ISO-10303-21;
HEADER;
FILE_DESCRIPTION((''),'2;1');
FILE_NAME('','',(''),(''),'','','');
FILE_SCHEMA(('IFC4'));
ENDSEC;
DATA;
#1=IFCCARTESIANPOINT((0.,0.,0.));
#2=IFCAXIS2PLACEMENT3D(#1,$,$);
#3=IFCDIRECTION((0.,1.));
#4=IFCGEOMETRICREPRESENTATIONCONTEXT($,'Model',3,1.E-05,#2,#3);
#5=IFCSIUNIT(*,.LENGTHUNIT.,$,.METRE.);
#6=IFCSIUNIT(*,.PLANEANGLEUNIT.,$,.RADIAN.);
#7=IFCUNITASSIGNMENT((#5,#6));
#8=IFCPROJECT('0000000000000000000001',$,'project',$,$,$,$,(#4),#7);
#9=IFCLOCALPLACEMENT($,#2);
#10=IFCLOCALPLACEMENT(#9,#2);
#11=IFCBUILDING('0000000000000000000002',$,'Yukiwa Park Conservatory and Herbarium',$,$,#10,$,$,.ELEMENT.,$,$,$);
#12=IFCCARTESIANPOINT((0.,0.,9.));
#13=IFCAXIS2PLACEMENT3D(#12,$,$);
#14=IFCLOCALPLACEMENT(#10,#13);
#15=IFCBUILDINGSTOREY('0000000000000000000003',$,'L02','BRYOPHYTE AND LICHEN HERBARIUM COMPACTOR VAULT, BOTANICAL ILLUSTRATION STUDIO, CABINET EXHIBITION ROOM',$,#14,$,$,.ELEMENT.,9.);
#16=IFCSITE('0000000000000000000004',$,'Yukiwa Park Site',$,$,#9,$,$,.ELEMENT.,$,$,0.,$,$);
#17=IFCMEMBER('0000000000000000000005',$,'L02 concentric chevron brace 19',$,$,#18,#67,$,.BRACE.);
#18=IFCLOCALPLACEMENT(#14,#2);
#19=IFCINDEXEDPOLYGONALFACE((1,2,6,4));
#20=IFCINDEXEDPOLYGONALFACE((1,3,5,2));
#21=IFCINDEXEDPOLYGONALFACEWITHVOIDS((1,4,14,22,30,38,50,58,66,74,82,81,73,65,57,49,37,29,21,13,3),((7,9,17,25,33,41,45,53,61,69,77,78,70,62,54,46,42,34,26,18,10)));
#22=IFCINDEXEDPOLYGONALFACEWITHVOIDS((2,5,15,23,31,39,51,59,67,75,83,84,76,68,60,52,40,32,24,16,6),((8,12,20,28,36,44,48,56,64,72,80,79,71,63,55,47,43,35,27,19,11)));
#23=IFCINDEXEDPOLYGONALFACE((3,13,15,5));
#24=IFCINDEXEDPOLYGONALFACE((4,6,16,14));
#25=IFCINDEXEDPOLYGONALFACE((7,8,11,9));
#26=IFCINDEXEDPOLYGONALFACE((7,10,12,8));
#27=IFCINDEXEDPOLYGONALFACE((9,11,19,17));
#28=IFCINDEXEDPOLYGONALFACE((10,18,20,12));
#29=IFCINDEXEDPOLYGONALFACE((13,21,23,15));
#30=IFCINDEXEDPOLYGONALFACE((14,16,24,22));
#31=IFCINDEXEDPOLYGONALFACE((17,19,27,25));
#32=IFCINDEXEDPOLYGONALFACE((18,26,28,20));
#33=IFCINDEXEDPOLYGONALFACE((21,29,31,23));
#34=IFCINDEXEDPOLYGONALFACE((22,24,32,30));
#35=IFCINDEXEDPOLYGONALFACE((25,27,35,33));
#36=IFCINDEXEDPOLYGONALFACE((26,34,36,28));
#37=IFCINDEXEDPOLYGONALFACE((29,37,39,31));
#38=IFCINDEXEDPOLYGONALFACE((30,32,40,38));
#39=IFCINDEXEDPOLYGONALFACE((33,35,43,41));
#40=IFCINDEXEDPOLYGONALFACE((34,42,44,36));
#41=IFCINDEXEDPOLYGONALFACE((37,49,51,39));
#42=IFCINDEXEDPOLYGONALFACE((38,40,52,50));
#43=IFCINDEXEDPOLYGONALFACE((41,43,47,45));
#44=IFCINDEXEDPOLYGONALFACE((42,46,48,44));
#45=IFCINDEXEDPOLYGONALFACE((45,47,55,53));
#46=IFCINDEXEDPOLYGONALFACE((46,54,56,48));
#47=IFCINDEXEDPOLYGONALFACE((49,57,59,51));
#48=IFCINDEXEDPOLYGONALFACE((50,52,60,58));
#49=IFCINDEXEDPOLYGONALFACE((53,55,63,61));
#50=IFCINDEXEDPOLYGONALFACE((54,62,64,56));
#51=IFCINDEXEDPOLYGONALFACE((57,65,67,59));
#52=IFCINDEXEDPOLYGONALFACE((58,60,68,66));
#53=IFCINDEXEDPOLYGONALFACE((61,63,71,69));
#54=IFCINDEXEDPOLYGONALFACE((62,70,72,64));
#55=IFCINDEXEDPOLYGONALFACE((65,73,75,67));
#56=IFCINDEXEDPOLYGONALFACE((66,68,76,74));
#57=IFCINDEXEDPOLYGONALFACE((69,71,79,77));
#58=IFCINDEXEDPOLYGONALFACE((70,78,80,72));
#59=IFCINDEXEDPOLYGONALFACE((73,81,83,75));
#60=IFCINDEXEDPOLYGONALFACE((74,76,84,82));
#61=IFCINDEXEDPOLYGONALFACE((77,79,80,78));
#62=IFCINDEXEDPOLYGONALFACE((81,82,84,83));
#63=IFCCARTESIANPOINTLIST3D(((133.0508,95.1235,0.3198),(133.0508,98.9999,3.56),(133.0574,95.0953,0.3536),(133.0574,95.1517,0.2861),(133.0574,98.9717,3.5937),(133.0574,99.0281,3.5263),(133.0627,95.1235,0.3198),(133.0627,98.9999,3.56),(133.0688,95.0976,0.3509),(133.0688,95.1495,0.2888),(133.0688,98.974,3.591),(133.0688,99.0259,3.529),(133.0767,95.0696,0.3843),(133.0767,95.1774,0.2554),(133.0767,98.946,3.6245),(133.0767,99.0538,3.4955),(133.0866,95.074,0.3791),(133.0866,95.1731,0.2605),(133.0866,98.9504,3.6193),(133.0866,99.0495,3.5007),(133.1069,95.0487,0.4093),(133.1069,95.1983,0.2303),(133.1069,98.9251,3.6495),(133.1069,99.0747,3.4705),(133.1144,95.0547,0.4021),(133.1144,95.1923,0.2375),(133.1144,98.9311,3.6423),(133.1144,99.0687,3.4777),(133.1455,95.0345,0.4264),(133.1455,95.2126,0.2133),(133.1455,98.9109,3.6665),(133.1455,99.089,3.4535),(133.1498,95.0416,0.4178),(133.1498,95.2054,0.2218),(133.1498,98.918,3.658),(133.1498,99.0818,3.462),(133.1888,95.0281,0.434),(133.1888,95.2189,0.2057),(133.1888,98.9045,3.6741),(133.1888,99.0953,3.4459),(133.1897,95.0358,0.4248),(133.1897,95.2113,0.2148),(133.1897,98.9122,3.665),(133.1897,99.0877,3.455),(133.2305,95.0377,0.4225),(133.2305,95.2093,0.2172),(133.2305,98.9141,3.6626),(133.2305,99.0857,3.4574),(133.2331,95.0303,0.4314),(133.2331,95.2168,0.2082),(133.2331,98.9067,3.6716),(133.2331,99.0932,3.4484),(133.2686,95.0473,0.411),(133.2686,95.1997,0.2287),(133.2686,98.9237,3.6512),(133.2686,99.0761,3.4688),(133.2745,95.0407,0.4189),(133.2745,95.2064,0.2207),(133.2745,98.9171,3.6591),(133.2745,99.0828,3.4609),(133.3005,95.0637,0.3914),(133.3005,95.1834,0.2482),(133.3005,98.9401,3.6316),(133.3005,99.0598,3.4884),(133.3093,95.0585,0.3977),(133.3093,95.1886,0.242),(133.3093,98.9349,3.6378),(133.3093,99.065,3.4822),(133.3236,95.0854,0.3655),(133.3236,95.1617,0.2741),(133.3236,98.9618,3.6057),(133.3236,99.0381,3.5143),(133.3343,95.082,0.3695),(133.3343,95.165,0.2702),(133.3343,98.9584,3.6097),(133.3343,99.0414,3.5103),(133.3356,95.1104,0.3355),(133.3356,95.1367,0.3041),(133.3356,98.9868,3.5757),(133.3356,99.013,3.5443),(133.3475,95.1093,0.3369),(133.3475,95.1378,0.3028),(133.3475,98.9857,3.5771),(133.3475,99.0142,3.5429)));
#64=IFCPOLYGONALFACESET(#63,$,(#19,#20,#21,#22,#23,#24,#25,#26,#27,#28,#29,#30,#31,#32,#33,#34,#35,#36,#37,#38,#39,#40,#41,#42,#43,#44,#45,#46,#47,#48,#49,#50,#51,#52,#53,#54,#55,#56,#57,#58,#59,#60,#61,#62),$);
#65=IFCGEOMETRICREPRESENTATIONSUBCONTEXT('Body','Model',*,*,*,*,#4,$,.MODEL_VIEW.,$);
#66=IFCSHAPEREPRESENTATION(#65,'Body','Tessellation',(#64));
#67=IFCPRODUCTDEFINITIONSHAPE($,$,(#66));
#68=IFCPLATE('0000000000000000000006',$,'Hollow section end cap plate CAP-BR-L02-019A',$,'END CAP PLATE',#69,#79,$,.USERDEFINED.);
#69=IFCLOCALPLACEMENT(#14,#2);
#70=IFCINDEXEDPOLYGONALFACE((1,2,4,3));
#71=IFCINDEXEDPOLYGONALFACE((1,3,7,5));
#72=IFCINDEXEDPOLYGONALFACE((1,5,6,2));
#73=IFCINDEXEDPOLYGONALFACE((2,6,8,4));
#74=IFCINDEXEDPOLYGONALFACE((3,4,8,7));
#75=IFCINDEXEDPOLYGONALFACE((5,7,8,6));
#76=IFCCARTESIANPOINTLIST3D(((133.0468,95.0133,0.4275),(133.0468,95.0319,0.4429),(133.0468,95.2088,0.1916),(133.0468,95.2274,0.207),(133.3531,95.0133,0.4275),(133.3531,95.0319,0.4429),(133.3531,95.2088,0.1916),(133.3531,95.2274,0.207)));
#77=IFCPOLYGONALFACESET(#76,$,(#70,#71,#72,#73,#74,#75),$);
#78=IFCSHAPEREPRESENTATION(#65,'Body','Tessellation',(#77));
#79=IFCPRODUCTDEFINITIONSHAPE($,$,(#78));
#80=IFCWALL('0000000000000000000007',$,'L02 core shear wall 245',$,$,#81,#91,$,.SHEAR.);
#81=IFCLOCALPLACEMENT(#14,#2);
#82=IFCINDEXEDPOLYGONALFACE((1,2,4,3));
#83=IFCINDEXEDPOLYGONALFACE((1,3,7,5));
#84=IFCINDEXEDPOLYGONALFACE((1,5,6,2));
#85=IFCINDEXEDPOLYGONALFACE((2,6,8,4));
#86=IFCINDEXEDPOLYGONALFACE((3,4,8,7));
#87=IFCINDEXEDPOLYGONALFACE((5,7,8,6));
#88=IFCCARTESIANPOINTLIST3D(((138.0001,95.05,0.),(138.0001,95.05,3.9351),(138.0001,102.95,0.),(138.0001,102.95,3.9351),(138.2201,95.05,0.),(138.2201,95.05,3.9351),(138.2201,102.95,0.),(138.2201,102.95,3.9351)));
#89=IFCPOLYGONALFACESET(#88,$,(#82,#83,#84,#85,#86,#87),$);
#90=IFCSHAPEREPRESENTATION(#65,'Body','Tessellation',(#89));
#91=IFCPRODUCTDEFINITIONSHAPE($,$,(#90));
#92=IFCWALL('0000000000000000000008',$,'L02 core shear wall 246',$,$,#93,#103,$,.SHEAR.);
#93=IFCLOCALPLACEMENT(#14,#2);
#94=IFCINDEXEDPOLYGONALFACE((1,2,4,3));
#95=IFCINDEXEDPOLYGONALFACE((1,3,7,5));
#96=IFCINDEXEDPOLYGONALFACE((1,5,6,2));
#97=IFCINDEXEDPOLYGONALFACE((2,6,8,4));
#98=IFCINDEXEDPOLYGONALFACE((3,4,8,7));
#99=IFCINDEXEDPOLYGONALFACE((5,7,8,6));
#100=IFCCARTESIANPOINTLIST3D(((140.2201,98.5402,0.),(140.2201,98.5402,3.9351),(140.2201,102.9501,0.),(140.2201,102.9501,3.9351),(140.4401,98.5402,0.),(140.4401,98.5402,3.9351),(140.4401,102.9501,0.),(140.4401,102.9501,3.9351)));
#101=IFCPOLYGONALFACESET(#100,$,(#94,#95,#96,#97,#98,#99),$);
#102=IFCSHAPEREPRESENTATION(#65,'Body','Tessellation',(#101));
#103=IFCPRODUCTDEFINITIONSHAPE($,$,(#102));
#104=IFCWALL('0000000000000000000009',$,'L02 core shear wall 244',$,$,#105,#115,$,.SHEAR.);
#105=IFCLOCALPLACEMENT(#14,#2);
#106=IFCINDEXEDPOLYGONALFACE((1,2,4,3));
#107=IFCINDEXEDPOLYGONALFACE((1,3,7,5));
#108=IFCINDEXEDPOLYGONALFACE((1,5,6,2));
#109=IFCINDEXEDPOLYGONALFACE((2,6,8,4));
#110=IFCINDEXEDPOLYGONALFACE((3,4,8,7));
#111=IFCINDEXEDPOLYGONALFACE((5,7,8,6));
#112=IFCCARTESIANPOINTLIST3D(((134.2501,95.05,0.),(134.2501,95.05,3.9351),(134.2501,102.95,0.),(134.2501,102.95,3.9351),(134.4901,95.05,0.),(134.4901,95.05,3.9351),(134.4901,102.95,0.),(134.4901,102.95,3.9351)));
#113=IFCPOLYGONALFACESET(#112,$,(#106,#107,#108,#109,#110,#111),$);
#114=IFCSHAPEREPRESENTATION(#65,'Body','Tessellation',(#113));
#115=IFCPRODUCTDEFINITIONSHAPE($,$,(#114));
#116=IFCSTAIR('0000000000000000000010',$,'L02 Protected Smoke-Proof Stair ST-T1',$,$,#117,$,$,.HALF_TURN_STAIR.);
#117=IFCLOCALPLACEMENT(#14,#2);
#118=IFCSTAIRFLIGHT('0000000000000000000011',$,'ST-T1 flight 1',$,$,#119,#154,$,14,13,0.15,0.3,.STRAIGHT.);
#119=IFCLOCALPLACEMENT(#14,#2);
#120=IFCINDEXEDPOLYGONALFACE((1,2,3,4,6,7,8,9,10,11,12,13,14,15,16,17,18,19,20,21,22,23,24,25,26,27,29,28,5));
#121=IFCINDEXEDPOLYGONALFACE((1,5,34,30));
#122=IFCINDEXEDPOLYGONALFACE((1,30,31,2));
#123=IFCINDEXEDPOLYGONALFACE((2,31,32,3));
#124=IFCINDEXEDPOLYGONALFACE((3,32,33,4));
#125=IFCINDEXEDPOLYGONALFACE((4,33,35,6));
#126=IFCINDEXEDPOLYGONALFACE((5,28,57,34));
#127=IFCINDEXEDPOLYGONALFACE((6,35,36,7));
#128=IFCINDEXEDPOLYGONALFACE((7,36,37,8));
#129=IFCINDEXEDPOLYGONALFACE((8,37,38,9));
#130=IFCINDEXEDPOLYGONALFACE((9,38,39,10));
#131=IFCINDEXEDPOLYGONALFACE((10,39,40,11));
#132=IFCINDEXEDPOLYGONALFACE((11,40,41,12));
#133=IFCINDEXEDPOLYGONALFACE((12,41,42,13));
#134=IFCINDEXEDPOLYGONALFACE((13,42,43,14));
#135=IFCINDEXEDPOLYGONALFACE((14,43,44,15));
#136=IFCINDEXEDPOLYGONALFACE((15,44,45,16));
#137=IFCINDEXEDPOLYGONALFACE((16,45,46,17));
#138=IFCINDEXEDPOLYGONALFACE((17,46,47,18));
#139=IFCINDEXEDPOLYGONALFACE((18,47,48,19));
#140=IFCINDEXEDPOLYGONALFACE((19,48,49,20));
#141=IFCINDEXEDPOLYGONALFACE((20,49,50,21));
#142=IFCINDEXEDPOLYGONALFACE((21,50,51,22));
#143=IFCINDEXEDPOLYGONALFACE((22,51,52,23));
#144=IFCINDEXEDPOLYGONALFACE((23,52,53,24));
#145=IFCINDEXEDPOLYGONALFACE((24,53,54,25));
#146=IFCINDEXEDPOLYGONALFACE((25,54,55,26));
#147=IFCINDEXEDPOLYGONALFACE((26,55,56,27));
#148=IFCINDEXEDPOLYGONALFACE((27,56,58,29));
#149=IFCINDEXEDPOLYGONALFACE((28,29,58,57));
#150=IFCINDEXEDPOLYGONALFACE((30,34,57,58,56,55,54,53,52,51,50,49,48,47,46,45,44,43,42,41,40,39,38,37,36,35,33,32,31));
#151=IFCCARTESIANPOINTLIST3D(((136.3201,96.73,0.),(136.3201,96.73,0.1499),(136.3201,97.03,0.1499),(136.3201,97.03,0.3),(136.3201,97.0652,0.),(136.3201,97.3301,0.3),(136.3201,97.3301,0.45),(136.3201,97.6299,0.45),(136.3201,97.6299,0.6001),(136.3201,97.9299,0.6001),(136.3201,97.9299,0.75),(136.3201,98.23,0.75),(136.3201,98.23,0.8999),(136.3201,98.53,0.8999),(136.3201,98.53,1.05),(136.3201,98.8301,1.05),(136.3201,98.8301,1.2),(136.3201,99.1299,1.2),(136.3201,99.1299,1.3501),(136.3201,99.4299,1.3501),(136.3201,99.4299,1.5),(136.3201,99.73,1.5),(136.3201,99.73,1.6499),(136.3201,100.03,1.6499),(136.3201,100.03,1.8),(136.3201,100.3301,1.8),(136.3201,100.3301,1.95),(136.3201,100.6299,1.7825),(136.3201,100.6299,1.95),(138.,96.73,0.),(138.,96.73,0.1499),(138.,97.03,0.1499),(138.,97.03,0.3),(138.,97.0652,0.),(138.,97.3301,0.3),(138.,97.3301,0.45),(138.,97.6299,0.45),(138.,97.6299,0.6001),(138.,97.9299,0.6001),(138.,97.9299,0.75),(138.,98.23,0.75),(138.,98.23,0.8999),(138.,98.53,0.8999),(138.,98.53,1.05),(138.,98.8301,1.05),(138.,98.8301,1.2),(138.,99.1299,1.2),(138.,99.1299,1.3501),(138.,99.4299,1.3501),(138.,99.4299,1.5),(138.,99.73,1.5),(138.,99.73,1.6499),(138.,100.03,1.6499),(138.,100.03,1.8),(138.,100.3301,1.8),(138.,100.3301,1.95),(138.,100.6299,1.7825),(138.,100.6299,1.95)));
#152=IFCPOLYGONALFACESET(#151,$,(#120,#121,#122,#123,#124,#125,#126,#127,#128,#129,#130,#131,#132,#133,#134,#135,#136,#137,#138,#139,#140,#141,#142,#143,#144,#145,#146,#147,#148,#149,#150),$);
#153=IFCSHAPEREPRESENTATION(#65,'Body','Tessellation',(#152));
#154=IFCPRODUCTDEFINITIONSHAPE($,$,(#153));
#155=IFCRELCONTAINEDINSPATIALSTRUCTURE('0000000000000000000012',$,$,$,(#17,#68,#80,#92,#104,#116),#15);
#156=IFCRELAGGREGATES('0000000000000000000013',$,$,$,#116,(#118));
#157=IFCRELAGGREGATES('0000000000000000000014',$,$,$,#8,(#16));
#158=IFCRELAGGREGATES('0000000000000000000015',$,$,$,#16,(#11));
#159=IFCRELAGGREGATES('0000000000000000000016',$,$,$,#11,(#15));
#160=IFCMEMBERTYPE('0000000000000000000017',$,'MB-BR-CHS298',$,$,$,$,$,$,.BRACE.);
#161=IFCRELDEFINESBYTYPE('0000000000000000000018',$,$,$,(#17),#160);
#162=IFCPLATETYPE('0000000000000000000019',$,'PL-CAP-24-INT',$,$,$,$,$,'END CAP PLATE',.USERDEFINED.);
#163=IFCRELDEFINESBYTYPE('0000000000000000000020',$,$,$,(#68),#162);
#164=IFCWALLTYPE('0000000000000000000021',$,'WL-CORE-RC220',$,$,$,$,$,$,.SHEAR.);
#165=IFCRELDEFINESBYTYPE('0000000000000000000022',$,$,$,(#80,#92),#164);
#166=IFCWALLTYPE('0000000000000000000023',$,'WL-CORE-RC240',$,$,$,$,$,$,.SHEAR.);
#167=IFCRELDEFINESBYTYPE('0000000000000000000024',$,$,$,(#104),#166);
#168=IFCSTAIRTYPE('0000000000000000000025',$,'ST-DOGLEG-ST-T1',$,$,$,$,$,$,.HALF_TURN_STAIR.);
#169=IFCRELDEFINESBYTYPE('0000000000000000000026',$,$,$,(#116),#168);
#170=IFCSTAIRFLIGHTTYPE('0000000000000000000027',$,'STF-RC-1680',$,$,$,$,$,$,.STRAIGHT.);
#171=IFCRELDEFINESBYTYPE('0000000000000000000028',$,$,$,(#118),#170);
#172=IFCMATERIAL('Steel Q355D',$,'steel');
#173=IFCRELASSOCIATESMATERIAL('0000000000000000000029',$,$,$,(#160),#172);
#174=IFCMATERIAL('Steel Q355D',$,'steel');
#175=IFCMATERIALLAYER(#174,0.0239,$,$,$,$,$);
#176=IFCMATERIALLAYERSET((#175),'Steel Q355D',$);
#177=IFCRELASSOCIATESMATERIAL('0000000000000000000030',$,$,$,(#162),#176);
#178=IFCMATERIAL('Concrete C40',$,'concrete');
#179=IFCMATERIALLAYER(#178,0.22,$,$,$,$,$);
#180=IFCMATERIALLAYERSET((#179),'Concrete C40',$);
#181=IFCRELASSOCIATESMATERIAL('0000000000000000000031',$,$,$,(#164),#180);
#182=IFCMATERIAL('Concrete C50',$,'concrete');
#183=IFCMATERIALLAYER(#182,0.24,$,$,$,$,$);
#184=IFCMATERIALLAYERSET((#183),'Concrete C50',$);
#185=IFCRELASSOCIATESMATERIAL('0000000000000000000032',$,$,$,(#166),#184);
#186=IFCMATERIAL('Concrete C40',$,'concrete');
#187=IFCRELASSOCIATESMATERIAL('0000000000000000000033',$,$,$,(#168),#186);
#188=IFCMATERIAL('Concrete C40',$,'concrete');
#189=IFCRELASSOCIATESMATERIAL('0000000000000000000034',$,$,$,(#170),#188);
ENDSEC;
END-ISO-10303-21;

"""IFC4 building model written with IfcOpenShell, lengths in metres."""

from ifc_helpers import new_model, si_unit, direction, frame, frame_2d, origin, origin_2d, place, context, subcontext, project, spatial, polyline, rectangle, hollow_circle, outline, extrude, material, layer, layer_set, material_profile, profile_set, type_object, element, aggregate, save


model = new_model("IFC4")

# Units and contexts
model_context = context("Model", 3, precision=1e-05, world=origin(), true_north=direction((0.0, 1.0)))
body_context = subcontext(model_context, "Body", "Model", "MODEL_VIEW")
ifc_project = project(units=[si_unit("LENGTHUNIT", "METRE"), si_unit("PLANEANGLEUNIT", "RADIAN")], contexts=[model_context])

# Site, building, storey
site_placement = place(None, origin())
site = spatial("IfcSite", under=ifc_project, at=site_placement, Name="Yukiwa Park Site", CompositionType="ELEMENT", RefElevation=0.0)
building_placement = place(site_placement, origin())
building = spatial("IfcBuilding", under=site, at=building_placement, Name="Yukiwa Park Conservatory and Herbarium", CompositionType="ELEMENT")
storey_placement = place(building_placement, frame((0.0, 0.0, 9.0)))
storey = spatial("IfcBuildingStorey", under=building, at=storey_placement, Name="L02", Description="BRYOPHYTE AND LICHEN HERBARIUM COMPACTOR VAULT, BOTANICAL ILLUSTRATION STUDIO, CABINET EXHIBITION ROOM", CompositionType="ELEMENT", Elevation=9.0)

# Member
ifc_material_1 = material(Name="Steel Q355D", Category="steel")
ifc_material_profile_1 = material_profile(ifc_material_1, hollow_circle(Radius=0.1492, WallThickness=0.012, at=origin_2d()), Name="CHS 298.5x12")
ifc_profile_set_1 = profile_set([ifc_material_profile_1], Name="Steel Q355D")
member_type = type_object("IfcMemberType", Name="MB-BR-CHS298", PredefinedType="BRACE", material=ifc_profile_set_1)
member_placement = place(storey_placement, frame((133.2, 95.1235, 0.3198), z_axis=(0.0, 0.767262, 0.641334), x_axis=(-1.0, 0.0, 0.0)))
element("IfcMember", 1, at=member_placement, inside=storey, type_object=member_type, Name="L02 concentric chevron brace 19", PredefinedType="BRACE", context=body_context, shape_type="SweptSolid", body=[
    extrude(hollow_circle(Radius=0.1492, WallThickness=0.012, at=origin_2d()), origin(), (0.0, 0.0, 1.0), 5.0522),
])

# Plate
ifc_material_2 = material(Name="Steel Q355D", Category="steel")
ifc_layer_1 = layer(ifc_material_2, 0.0239)
ifc_layer_set_1 = layer_set([ifc_layer_1], Name="Steel Q355D")
plate_type = type_object("IfcPlateType", Name="PL-CAP-24-INT", ElementType="END CAP PLATE", PredefinedType="USERDEFINED", material=ifc_layer_set_1)
plate_placement = place(storey_placement, frame((133.2, 95.1296, 0.325), z_axis=(0.0, -0.769879, -0.638189), x_axis=(1.0, 0.0, 0.0)))
element("IfcPlate", 2, at=plate_placement, inside=storey, type_object=plate_type, Name="Hollow section end cap plate CAP-BR-L02-019A", ObjectType="END CAP PLATE", PredefinedType="USERDEFINED", context=body_context, shape_type="SweptSolid", body=[
    extrude(rectangle(XDim=0.3064, YDim=0.3064, at=origin_2d()), origin(), (0.0, 0.0, 1.0), 0.0242),
])

# Walls
ifc_material_3 = material(Name="Concrete C40", Category="concrete")
ifc_layer_2 = layer(ifc_material_3, 0.22)
ifc_layer_set_2 = layer_set([ifc_layer_2], Name="Concrete C40")
wall_type_1 = type_object("IfcWallType", Name="WL-CORE-RC220", PredefinedType="SHEAR", material=ifc_layer_set_2)
wall_1_placement = place(storey_placement, frame((138.1101, 95.05, 0.0), z_axis=(0.0, 0.0, 1.0), x_axis=(0.0, 1.0, 0.0)))
element("IfcWall", 3, at=wall_1_placement, inside=storey, type_object=wall_type_1, Name="L02 core shear wall 245", PredefinedType="SHEAR", context=body_context, shape_type="SweptSolid", body=[
    extrude(rectangle(XDim=7.8999, YDim=0.22, at=frame_2d((3.95, 0.0))), origin(), (0.0, 0.0, 1.0), 3.9351),
])
wall_2_placement = place(storey_placement, frame((140.3301, 98.54, 0.0), z_axis=(0.0, 0.0, 1.0), x_axis=(0.0, 1.0, 0.0)))
element("IfcWall", 4, at=wall_2_placement, inside=storey, type_object=wall_type_1, Name="L02 core shear wall 246", PredefinedType="SHEAR", context=body_context, shape_type="SweptSolid", body=[
    extrude(rectangle(XDim=4.4099, YDim=0.22, at=frame_2d((2.2051, 0.0))), origin(), (0.0, 0.0, 1.0), 3.9351),
])

# Shared definitions
ifc_material_4 = material(Name="Concrete C50", Category="concrete")
ifc_layer_3 = layer(ifc_material_4, 0.24)
ifc_layer_set_3 = layer_set([ifc_layer_3], Name="Concrete C50")
wall_type_2 = type_object("IfcWallType", Name="WL-CORE-RC240", PredefinedType="SHEAR", material=ifc_layer_set_3)

# Wall
wall_3_placement = place(storey_placement, frame((134.3701, 95.05, 0.0), z_axis=(0.0, 0.0, 1.0), x_axis=(0.0, 1.0, 0.0)))
element("IfcWall", 5, at=wall_3_placement, inside=storey, type_object=wall_type_2, Name="L02 core shear wall 244", PredefinedType="SHEAR", context=body_context, shape_type="SweptSolid", body=[
    extrude(rectangle(XDim=7.8999, YDim=0.24, at=frame_2d((3.95, 0.0))), origin(), (0.0, 0.0, 1.0), 3.9351),
])

# Stair, stair flight
ifc_material_5 = material(Name="Concrete C40", Category="concrete")
stair_type = type_object("IfcStairType", Name="ST-DOGLEG-ST-T1", PredefinedType="HALF_TURN_STAIR", material=ifc_material_5)
stair_placement = place(storey_placement, origin())
stair = element("IfcStair", 6, at=stair_placement, inside=storey, type_object=stair_type, Name="L02 Protected Smoke-Proof Stair ST-T1", PredefinedType="HALF_TURN_STAIR")
ifc_material_6 = material(Name="Concrete C40", Category="concrete")
stair_flight_type = type_object("IfcStairFlightType", Name="STF-RC-1680", PredefinedType="STRAIGHT", material=ifc_material_6)
stair_flight_placement = place(storey_placement, frame((137.1599, 96.73, 0.0), z_axis=(0.0, 0.0, 1.0), x_axis=(0.0, 1.0, 0.0)))
stair_flight = element("IfcStairFlight", 7, at=stair_flight_placement, type_object=stair_flight_type, Name="ST-T1 flight 1", NumberOfRisers=14, NumberOfTreads=13, PredefinedType="STRAIGHT", RiserHeight=0.15, TreadLength=0.3, context=body_context, shape_type="SweptSolid", body=[
    extrude(outline(polyline([(0.0, 0.0), (0.0, 0.1499), (0.3, 0.1499), (0.3, 0.3), (0.6001, 0.3), (0.6001, 0.45), (0.8999, 0.45), (0.8999, 0.6001), (1.2, 0.6001), (1.2, 0.75), (1.5, 0.75), (1.5, 0.8999), (1.8, 0.8999), (1.8, 1.05), (2.1001, 1.05), (2.1001, 1.2), (2.3999, 1.2), (2.3999, 1.3501), (2.7, 1.3501), (2.7, 1.5), (3.0, 1.5), (3.0, 1.6499), (3.3, 1.6499), (3.3, 1.8), (3.6001, 1.8), (3.6001, 1.95), (3.8999, 1.95), (3.8999, 2.1001), (3.8999, 1.7825), (0.3352, 0.0), (0.0, 0.0)])), frame((0.0, 0.8398, 0.0), z_axis=(0.0, -1.0, 0.0), x_axis=(1.0, 0.0, 0.0)), (0.0, 0.0, 1.0), 1.6799),
])
aggregate(stair, [stair_flight])

save(model, "model.ifc")
